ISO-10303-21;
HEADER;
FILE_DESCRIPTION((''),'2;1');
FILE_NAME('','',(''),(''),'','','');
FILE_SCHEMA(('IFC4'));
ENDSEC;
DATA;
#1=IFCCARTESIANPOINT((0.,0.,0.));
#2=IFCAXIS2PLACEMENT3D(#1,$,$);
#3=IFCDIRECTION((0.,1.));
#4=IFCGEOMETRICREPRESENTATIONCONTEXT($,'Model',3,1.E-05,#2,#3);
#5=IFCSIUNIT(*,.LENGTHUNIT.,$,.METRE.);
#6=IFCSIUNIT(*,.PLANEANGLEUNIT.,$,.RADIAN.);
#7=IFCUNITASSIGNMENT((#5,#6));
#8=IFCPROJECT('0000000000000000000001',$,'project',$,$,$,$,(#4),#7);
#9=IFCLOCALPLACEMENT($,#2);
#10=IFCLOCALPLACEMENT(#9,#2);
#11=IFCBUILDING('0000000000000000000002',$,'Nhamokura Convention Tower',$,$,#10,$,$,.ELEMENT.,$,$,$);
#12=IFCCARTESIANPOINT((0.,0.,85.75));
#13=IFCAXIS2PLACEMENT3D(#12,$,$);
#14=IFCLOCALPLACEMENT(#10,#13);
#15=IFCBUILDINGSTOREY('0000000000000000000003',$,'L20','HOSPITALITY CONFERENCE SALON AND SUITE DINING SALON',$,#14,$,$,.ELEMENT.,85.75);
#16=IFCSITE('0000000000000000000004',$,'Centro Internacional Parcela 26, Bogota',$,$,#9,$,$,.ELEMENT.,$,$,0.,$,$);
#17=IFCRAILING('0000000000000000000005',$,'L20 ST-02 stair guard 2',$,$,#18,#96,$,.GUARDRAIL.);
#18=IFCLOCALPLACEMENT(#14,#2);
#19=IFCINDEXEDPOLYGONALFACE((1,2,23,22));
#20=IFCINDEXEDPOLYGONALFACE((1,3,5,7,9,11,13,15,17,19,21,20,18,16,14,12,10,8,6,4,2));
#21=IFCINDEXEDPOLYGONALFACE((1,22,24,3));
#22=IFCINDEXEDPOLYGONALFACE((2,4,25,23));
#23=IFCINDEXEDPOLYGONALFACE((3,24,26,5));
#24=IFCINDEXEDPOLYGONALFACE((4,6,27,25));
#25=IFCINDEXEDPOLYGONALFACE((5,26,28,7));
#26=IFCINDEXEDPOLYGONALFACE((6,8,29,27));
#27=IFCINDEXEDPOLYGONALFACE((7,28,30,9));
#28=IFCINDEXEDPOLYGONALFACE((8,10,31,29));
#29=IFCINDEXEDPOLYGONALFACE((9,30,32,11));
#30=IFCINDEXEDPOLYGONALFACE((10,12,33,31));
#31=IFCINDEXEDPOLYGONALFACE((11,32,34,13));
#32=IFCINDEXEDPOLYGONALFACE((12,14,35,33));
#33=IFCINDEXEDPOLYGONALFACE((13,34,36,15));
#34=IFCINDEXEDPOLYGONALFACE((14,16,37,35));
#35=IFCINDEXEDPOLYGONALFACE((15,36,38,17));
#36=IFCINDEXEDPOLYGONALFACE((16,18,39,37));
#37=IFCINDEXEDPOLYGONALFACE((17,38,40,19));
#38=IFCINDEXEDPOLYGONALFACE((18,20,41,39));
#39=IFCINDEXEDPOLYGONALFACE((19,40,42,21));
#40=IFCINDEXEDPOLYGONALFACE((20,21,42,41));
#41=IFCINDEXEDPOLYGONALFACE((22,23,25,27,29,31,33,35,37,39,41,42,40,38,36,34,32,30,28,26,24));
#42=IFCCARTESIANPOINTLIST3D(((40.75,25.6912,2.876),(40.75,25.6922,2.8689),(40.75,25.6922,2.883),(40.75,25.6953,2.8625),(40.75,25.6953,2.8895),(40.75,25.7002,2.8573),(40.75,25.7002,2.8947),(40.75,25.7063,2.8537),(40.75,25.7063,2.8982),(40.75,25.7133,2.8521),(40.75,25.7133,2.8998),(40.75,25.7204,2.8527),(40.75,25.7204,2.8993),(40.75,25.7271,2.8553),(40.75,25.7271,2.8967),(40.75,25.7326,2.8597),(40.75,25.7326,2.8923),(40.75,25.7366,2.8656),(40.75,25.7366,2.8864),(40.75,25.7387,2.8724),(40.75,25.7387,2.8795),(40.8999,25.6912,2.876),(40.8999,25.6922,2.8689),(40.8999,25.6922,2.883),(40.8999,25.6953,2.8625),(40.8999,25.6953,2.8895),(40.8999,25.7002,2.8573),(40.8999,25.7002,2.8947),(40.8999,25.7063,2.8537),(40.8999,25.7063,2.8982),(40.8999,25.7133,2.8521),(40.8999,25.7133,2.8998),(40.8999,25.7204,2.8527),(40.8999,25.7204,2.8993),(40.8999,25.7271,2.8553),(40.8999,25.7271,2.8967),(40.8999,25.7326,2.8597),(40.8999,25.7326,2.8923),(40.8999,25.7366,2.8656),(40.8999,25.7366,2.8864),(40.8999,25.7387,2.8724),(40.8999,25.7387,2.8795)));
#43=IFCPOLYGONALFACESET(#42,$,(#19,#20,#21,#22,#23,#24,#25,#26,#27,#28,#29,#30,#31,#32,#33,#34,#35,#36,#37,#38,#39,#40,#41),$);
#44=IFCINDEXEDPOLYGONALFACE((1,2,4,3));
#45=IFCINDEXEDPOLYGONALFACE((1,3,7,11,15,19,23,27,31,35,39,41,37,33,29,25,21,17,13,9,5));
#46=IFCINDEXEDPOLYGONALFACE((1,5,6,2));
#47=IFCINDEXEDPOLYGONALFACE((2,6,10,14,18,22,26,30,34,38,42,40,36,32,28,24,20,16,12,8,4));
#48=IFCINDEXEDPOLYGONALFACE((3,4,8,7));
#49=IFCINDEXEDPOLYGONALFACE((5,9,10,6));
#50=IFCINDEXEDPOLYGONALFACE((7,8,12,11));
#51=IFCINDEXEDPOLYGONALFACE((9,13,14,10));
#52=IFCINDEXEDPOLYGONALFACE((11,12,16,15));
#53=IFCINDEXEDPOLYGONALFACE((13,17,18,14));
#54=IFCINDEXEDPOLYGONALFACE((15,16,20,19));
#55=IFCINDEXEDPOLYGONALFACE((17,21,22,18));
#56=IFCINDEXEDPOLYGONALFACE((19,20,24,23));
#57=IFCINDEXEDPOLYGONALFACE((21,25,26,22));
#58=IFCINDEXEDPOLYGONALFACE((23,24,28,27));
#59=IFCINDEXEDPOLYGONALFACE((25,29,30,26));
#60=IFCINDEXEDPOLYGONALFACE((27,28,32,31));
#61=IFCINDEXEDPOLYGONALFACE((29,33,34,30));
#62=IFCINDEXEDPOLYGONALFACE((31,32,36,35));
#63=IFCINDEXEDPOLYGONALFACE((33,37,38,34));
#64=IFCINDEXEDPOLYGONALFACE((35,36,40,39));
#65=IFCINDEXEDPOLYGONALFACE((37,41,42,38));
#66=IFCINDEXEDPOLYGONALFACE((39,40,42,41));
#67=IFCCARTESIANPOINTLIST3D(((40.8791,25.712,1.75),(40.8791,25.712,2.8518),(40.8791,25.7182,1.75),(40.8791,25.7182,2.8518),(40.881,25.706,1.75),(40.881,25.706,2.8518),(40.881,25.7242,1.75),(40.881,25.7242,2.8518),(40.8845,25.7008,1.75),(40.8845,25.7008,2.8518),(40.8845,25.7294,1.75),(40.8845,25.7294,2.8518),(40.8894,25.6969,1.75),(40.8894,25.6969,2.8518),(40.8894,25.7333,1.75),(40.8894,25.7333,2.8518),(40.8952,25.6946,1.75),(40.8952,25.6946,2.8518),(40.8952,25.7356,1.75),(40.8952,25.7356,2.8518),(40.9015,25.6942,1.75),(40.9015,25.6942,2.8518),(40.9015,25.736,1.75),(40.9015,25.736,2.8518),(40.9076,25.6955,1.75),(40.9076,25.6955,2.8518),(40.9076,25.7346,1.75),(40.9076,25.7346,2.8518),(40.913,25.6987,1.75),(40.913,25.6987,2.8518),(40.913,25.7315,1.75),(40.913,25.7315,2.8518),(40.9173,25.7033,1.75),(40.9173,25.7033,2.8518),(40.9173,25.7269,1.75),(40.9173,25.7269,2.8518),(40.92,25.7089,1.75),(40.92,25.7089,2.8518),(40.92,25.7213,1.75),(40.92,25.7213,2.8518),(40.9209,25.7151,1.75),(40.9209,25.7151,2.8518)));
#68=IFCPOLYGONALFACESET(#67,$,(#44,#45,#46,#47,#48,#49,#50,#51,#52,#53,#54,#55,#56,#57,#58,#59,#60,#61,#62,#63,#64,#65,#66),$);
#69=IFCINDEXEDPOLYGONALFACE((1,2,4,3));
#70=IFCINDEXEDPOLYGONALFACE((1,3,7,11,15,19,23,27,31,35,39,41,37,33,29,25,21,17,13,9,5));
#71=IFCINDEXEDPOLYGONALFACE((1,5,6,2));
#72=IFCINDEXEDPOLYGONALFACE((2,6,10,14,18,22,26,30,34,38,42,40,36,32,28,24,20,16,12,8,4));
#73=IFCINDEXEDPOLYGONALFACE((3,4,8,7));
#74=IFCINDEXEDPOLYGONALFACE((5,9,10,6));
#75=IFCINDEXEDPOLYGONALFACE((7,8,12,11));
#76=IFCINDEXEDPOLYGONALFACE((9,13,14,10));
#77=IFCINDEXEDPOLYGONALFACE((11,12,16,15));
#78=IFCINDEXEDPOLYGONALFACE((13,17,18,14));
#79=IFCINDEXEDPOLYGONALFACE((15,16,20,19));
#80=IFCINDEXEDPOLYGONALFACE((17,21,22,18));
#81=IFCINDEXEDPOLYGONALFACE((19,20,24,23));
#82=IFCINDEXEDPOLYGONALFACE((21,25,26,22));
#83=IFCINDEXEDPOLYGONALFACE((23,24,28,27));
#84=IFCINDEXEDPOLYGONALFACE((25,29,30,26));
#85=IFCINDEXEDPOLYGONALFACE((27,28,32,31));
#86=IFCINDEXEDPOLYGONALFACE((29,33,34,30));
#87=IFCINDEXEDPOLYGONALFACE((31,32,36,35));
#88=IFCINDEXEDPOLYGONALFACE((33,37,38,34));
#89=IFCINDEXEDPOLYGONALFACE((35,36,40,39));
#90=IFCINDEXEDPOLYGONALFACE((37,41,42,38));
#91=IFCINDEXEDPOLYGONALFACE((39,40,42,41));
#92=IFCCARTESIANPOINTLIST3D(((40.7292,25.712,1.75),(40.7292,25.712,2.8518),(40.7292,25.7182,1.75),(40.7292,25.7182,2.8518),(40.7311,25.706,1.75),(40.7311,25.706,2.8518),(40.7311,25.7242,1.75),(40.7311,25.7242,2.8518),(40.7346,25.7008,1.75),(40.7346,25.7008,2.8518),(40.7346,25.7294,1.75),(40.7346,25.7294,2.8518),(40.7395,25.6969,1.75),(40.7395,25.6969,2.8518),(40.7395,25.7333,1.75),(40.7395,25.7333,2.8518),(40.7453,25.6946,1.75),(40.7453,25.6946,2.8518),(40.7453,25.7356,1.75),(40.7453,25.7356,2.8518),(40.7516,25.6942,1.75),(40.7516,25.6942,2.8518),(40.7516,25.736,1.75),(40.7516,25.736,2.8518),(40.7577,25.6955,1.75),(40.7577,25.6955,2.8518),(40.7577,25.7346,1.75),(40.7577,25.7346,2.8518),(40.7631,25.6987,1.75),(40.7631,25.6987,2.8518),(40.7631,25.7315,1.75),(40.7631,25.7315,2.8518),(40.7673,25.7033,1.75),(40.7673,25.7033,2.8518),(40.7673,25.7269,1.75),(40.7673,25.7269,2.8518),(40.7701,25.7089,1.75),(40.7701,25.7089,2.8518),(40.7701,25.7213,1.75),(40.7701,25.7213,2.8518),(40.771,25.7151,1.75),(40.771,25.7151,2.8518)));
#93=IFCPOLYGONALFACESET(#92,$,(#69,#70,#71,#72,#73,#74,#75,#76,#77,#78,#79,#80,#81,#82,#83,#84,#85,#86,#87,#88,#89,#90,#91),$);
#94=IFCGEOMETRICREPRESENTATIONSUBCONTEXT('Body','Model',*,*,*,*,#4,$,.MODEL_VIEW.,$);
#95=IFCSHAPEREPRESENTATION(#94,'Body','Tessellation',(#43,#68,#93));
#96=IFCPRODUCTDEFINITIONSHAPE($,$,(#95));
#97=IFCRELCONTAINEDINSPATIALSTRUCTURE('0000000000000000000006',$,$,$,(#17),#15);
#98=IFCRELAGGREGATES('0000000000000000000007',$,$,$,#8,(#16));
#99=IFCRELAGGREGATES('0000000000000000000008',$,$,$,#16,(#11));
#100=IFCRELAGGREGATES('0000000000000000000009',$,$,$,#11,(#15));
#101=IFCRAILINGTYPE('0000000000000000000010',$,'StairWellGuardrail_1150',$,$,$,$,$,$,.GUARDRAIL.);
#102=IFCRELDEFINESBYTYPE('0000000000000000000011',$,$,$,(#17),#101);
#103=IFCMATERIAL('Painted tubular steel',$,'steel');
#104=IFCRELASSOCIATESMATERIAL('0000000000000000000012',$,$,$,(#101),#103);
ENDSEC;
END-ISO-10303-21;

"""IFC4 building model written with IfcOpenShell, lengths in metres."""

from ifc_helpers import new_model, si_unit, direction, frame, origin, origin_2d, place, context, subcontext, project, spatial, circle, extrude, material, type_object, element, save


model = new_model("IFC4")

# Units and contexts
model_context = context("Model", 3, precision=1e-05, world=origin(), true_north=direction((0.0, 1.0)))
body_context = subcontext(model_context, "Body", "Model", "MODEL_VIEW")
ifc_project = project(units=[si_unit("LENGTHUNIT", "METRE"), si_unit("PLANEANGLEUNIT", "RADIAN")], contexts=[model_context])

# Site, building, storey
site_placement = place(None, origin())
site = spatial("IfcSite", under=ifc_project, at=site_placement, Name="Centro Internacional Parcela 26, Bogota", CompositionType="ELEMENT", RefElevation=0.0)
building_placement = place(site_placement, origin())
building = spatial("IfcBuilding", under=site, at=building_placement, Name="Nhamokura Convention Tower", CompositionType="ELEMENT")
storey_placement = place(building_placement, frame((0.0, 0.0, 85.75)))
storey = spatial("IfcBuildingStorey", under=building, at=storey_placement, Name="L20", Description="HOSPITALITY CONFERENCE SALON AND SUITE DINING SALON", CompositionType="ELEMENT", Elevation=85.75)

# Railing
ifc_material_1 = material(Name="Painted tubular steel", Category="steel")
railing_type_1 = type_object("IfcRailingType", Name="StairWellGuardrail_1150", PredefinedType="GUARDRAIL", material=ifc_material_1)
railing_1_placement = place(storey_placement, frame((40.8999, 25.7151, 1.75)))
element("IfcRailing", 1, at=railing_1_placement, inside=storey, type_object=railing_type_1, Name="L20 ST-02 stair guard 2", PredefinedType="GUARDRAIL", context=body_context, shape_type="SweptSolid", body=[
    extrude(circle(Radius=0.0239, at=origin_2d()), frame((0.0, 0.0, 1.126), z_axis=(-1.0, 0.0, 0.0), x_axis=(0.0, -1.0, 0.0)), (0.0, 0.0, 1.0), 0.1499),
    extrude(circle(Radius=0.021, at=origin_2d()), origin(), (0.0, 0.0, 1.0), 1.1018),
    extrude(circle(Radius=0.021, at=origin_2d()), frame((-0.1499, 0.0, 0.0)), (0.0, 0.0, 1.0), 1.1018),
])

save(model, "model.ifc")
